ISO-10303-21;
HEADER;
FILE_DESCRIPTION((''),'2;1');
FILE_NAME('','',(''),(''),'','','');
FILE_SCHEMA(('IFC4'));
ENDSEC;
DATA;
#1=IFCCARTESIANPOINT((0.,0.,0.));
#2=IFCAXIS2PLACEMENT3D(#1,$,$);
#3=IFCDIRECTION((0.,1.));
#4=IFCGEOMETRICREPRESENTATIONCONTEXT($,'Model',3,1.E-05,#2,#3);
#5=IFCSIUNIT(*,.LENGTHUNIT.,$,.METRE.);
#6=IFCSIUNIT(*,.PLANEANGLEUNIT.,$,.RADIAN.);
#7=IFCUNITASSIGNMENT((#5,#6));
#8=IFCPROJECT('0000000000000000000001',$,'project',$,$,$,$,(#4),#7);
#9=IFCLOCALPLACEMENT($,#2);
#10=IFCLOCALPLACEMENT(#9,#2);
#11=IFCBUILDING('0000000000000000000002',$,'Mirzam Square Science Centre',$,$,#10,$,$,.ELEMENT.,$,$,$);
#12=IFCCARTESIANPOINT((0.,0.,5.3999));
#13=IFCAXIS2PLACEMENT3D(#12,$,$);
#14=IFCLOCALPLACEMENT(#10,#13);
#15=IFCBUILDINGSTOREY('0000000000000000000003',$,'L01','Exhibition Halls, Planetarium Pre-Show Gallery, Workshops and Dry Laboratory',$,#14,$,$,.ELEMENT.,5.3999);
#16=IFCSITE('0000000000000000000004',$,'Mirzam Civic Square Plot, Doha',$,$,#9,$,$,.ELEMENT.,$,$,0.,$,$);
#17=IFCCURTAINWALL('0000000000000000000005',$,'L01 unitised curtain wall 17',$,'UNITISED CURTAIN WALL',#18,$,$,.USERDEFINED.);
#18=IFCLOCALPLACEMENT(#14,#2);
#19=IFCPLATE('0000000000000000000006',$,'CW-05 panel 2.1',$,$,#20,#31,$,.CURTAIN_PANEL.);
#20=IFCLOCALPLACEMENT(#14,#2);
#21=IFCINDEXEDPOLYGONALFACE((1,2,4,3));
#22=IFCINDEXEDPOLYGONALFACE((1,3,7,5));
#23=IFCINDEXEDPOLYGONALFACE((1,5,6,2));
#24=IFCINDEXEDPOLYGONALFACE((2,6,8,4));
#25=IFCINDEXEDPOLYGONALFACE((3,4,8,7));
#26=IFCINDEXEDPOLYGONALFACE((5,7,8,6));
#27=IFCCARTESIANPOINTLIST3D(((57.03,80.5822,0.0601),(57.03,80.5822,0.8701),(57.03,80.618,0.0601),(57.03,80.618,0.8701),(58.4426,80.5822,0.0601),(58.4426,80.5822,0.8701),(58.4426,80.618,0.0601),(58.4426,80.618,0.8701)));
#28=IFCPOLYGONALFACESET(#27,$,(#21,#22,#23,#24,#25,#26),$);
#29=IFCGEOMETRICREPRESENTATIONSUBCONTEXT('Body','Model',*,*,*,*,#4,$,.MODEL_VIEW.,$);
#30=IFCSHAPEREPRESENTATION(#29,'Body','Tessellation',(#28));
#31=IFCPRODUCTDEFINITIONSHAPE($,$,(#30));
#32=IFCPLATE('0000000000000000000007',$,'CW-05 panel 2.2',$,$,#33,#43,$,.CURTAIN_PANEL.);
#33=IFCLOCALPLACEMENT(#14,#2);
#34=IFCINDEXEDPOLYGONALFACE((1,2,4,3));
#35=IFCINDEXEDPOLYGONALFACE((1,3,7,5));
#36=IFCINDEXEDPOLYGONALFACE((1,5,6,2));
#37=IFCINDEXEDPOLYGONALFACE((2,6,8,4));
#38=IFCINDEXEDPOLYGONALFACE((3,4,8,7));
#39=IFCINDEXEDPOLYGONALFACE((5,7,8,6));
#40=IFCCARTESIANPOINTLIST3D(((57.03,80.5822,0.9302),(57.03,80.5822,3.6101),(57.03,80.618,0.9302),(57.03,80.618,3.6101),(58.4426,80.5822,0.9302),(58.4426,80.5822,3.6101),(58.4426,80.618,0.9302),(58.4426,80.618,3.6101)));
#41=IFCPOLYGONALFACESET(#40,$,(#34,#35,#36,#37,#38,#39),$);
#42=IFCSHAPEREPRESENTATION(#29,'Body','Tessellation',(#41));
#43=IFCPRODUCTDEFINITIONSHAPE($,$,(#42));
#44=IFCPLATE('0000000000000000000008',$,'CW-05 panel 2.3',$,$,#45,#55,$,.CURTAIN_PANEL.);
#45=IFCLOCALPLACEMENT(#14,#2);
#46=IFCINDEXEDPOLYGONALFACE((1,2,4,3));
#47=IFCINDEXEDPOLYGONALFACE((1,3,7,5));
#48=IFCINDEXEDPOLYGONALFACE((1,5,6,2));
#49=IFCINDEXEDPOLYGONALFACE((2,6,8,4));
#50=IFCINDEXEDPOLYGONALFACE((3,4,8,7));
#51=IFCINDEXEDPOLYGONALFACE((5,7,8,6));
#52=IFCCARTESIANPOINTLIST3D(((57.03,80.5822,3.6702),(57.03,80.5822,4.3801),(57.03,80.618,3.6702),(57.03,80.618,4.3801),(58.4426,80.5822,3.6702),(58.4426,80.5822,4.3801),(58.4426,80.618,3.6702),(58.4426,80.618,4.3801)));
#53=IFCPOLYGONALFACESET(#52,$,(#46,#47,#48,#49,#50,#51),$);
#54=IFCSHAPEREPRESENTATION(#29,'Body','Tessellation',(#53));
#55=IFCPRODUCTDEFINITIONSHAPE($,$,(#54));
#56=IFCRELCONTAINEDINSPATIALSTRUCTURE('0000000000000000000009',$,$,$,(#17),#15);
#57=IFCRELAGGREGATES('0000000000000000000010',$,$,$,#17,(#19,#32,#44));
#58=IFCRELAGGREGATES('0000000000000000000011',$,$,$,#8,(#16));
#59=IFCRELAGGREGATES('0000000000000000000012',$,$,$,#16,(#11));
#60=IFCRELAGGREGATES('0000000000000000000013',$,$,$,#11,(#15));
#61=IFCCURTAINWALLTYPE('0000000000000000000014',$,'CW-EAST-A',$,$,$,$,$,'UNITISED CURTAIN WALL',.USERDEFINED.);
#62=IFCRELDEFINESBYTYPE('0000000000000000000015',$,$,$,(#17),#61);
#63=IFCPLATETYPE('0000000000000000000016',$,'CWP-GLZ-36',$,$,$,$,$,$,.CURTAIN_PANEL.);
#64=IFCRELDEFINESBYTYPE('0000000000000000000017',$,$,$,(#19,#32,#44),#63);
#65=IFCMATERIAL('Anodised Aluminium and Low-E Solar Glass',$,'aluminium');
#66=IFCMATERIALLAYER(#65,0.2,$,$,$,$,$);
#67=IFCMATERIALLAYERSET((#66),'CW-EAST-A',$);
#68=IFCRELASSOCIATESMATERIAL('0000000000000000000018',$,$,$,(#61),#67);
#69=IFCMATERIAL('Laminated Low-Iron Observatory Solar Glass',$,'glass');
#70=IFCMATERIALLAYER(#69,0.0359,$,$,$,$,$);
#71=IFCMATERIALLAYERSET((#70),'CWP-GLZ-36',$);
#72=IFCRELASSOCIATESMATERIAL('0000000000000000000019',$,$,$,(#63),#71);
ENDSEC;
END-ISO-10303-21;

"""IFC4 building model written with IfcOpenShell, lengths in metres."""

from ifc_helpers import new_model, si_unit, direction, frame, origin, origin_2d, place, context, subcontext, project, spatial, rectangle, extrude, material, layer, layer_set, type_object, element, aggregate, save


model = new_model("IFC4")

# Units and contexts
model_context = context("Model", 3, precision=1e-05, world=origin(), true_north=direction((0.0, 1.0)))
body_context = subcontext(model_context, "Body", "Model", "MODEL_VIEW")
ifc_project = project(units=[si_unit("LENGTHUNIT", "METRE"), si_unit("PLANEANGLEUNIT", "RADIAN")], contexts=[model_context])

# Site, building, storey
site_placement = place(None, origin())
site = spatial("IfcSite", under=ifc_project, at=site_placement, Name="Mirzam Civic Square Plot, Doha", CompositionType="ELEMENT", RefElevation=0.0)
building_placement = place(site_placement, origin())
building = spatial("IfcBuilding", under=site, at=building_placement, Name="Mirzam Square Science Centre", CompositionType="ELEMENT")
storey_placement = place(building_placement, frame((0.0, 0.0, 5.3999)))
storey = spatial("IfcBuildingStorey", under=building, at=storey_placement, Name="L01", Description="Exhibition Halls, Planetarium Pre-Show Gallery, Workshops and Dry Laboratory", CompositionType="ELEMENT", Elevation=5.3999)

# Curtain wall
ifc_material_1 = material(Name="Anodised Aluminium and Low-E Solar Glass", Category="aluminium")
ifc_layer_1 = layer(ifc_material_1, 0.2)
ifc_layer_set_1 = layer_set([ifc_layer_1], Name="CW-EAST-A")
curtain_wall_type_1 = type_object("IfcCurtainWallType", Name="CW-EAST-A", ElementType="UNITISED CURTAIN WALL", PredefinedType="USERDEFINED", material=ifc_layer_set_1)
curtain_wall_1_placement = place(storey_placement, origin())
curtain_wall_1 = element("IfcCurtainWall", 1, at=curtain_wall_1_placement, inside=storey, type_object=curtain_wall_type_1, Name="L01 unitised curtain wall 17", ObjectType="UNITISED CURTAIN WALL", PredefinedType="USERDEFINED")

# Plates
ifc_material_2 = material(Name="Laminated Low-Iron Observatory Solar Glass", Category="glass")
ifc_layer_2 = layer(ifc_material_2, 0.0359)
ifc_layer_set_2 = layer_set([ifc_layer_2], Name="CWP-GLZ-36")
plate_type = type_object("IfcPlateType", Name="CWP-GLZ-36", PredefinedType="CURTAIN_PANEL", material=ifc_layer_set_2)
plate_1_placement = place(storey_placement, frame((57.7363, 80.6001, 0.0601), z_axis=(0.0, 0.0, 1.0), x_axis=(-1.0, 0.0, 0.0)))
plate_1 = element("IfcPlate", 2, at=plate_1_placement, type_object=plate_type, Name="CW-05 panel 2.1", PredefinedType="CURTAIN_PANEL", context=body_context, shape_type="SweptSolid", body=[
    extrude(rectangle(XDim=1.4126, YDim=0.0359, at=origin_2d()), origin(), (0.0, 0.0, 1.0), 0.8101),
])
plate_2_placement = place(storey_placement, frame((57.7363, 80.6001, 0.9302), z_axis=(0.0, 0.0, 1.0), x_axis=(-1.0, 0.0, 0.0)))
plate_2 = element("IfcPlate", 3, at=plate_2_placement, type_object=plate_type, Name="CW-05 panel 2.2", PredefinedType="CURTAIN_PANEL", context=body_context, shape_type="SweptSolid", body=[
    extrude(rectangle(XDim=1.4126, YDim=0.0359, at=origin_2d()), origin(), (0.0, 0.0, 1.0), 2.6799),
])
plate_3_placement = place(storey_placement, frame((57.7363, 80.6001, 3.6702), z_axis=(0.0, 0.0, 1.0), x_axis=(-1.0, 0.0, 0.0)))
plate_3 = element("IfcPlate", 4, at=plate_3_placement, type_object=plate_type, Name="CW-05 panel 2.3", PredefinedType="CURTAIN_PANEL", context=body_context, shape_type="SweptSolid", body=[
    extrude(rectangle(XDim=1.4126, YDim=0.0359, at=origin_2d()), origin(), (0.0, 0.0, 1.0), 0.71),
])
aggregate(curtain_wall_1, [plate_1, plate_2, plate_3])

save(model, "model.ifc")
